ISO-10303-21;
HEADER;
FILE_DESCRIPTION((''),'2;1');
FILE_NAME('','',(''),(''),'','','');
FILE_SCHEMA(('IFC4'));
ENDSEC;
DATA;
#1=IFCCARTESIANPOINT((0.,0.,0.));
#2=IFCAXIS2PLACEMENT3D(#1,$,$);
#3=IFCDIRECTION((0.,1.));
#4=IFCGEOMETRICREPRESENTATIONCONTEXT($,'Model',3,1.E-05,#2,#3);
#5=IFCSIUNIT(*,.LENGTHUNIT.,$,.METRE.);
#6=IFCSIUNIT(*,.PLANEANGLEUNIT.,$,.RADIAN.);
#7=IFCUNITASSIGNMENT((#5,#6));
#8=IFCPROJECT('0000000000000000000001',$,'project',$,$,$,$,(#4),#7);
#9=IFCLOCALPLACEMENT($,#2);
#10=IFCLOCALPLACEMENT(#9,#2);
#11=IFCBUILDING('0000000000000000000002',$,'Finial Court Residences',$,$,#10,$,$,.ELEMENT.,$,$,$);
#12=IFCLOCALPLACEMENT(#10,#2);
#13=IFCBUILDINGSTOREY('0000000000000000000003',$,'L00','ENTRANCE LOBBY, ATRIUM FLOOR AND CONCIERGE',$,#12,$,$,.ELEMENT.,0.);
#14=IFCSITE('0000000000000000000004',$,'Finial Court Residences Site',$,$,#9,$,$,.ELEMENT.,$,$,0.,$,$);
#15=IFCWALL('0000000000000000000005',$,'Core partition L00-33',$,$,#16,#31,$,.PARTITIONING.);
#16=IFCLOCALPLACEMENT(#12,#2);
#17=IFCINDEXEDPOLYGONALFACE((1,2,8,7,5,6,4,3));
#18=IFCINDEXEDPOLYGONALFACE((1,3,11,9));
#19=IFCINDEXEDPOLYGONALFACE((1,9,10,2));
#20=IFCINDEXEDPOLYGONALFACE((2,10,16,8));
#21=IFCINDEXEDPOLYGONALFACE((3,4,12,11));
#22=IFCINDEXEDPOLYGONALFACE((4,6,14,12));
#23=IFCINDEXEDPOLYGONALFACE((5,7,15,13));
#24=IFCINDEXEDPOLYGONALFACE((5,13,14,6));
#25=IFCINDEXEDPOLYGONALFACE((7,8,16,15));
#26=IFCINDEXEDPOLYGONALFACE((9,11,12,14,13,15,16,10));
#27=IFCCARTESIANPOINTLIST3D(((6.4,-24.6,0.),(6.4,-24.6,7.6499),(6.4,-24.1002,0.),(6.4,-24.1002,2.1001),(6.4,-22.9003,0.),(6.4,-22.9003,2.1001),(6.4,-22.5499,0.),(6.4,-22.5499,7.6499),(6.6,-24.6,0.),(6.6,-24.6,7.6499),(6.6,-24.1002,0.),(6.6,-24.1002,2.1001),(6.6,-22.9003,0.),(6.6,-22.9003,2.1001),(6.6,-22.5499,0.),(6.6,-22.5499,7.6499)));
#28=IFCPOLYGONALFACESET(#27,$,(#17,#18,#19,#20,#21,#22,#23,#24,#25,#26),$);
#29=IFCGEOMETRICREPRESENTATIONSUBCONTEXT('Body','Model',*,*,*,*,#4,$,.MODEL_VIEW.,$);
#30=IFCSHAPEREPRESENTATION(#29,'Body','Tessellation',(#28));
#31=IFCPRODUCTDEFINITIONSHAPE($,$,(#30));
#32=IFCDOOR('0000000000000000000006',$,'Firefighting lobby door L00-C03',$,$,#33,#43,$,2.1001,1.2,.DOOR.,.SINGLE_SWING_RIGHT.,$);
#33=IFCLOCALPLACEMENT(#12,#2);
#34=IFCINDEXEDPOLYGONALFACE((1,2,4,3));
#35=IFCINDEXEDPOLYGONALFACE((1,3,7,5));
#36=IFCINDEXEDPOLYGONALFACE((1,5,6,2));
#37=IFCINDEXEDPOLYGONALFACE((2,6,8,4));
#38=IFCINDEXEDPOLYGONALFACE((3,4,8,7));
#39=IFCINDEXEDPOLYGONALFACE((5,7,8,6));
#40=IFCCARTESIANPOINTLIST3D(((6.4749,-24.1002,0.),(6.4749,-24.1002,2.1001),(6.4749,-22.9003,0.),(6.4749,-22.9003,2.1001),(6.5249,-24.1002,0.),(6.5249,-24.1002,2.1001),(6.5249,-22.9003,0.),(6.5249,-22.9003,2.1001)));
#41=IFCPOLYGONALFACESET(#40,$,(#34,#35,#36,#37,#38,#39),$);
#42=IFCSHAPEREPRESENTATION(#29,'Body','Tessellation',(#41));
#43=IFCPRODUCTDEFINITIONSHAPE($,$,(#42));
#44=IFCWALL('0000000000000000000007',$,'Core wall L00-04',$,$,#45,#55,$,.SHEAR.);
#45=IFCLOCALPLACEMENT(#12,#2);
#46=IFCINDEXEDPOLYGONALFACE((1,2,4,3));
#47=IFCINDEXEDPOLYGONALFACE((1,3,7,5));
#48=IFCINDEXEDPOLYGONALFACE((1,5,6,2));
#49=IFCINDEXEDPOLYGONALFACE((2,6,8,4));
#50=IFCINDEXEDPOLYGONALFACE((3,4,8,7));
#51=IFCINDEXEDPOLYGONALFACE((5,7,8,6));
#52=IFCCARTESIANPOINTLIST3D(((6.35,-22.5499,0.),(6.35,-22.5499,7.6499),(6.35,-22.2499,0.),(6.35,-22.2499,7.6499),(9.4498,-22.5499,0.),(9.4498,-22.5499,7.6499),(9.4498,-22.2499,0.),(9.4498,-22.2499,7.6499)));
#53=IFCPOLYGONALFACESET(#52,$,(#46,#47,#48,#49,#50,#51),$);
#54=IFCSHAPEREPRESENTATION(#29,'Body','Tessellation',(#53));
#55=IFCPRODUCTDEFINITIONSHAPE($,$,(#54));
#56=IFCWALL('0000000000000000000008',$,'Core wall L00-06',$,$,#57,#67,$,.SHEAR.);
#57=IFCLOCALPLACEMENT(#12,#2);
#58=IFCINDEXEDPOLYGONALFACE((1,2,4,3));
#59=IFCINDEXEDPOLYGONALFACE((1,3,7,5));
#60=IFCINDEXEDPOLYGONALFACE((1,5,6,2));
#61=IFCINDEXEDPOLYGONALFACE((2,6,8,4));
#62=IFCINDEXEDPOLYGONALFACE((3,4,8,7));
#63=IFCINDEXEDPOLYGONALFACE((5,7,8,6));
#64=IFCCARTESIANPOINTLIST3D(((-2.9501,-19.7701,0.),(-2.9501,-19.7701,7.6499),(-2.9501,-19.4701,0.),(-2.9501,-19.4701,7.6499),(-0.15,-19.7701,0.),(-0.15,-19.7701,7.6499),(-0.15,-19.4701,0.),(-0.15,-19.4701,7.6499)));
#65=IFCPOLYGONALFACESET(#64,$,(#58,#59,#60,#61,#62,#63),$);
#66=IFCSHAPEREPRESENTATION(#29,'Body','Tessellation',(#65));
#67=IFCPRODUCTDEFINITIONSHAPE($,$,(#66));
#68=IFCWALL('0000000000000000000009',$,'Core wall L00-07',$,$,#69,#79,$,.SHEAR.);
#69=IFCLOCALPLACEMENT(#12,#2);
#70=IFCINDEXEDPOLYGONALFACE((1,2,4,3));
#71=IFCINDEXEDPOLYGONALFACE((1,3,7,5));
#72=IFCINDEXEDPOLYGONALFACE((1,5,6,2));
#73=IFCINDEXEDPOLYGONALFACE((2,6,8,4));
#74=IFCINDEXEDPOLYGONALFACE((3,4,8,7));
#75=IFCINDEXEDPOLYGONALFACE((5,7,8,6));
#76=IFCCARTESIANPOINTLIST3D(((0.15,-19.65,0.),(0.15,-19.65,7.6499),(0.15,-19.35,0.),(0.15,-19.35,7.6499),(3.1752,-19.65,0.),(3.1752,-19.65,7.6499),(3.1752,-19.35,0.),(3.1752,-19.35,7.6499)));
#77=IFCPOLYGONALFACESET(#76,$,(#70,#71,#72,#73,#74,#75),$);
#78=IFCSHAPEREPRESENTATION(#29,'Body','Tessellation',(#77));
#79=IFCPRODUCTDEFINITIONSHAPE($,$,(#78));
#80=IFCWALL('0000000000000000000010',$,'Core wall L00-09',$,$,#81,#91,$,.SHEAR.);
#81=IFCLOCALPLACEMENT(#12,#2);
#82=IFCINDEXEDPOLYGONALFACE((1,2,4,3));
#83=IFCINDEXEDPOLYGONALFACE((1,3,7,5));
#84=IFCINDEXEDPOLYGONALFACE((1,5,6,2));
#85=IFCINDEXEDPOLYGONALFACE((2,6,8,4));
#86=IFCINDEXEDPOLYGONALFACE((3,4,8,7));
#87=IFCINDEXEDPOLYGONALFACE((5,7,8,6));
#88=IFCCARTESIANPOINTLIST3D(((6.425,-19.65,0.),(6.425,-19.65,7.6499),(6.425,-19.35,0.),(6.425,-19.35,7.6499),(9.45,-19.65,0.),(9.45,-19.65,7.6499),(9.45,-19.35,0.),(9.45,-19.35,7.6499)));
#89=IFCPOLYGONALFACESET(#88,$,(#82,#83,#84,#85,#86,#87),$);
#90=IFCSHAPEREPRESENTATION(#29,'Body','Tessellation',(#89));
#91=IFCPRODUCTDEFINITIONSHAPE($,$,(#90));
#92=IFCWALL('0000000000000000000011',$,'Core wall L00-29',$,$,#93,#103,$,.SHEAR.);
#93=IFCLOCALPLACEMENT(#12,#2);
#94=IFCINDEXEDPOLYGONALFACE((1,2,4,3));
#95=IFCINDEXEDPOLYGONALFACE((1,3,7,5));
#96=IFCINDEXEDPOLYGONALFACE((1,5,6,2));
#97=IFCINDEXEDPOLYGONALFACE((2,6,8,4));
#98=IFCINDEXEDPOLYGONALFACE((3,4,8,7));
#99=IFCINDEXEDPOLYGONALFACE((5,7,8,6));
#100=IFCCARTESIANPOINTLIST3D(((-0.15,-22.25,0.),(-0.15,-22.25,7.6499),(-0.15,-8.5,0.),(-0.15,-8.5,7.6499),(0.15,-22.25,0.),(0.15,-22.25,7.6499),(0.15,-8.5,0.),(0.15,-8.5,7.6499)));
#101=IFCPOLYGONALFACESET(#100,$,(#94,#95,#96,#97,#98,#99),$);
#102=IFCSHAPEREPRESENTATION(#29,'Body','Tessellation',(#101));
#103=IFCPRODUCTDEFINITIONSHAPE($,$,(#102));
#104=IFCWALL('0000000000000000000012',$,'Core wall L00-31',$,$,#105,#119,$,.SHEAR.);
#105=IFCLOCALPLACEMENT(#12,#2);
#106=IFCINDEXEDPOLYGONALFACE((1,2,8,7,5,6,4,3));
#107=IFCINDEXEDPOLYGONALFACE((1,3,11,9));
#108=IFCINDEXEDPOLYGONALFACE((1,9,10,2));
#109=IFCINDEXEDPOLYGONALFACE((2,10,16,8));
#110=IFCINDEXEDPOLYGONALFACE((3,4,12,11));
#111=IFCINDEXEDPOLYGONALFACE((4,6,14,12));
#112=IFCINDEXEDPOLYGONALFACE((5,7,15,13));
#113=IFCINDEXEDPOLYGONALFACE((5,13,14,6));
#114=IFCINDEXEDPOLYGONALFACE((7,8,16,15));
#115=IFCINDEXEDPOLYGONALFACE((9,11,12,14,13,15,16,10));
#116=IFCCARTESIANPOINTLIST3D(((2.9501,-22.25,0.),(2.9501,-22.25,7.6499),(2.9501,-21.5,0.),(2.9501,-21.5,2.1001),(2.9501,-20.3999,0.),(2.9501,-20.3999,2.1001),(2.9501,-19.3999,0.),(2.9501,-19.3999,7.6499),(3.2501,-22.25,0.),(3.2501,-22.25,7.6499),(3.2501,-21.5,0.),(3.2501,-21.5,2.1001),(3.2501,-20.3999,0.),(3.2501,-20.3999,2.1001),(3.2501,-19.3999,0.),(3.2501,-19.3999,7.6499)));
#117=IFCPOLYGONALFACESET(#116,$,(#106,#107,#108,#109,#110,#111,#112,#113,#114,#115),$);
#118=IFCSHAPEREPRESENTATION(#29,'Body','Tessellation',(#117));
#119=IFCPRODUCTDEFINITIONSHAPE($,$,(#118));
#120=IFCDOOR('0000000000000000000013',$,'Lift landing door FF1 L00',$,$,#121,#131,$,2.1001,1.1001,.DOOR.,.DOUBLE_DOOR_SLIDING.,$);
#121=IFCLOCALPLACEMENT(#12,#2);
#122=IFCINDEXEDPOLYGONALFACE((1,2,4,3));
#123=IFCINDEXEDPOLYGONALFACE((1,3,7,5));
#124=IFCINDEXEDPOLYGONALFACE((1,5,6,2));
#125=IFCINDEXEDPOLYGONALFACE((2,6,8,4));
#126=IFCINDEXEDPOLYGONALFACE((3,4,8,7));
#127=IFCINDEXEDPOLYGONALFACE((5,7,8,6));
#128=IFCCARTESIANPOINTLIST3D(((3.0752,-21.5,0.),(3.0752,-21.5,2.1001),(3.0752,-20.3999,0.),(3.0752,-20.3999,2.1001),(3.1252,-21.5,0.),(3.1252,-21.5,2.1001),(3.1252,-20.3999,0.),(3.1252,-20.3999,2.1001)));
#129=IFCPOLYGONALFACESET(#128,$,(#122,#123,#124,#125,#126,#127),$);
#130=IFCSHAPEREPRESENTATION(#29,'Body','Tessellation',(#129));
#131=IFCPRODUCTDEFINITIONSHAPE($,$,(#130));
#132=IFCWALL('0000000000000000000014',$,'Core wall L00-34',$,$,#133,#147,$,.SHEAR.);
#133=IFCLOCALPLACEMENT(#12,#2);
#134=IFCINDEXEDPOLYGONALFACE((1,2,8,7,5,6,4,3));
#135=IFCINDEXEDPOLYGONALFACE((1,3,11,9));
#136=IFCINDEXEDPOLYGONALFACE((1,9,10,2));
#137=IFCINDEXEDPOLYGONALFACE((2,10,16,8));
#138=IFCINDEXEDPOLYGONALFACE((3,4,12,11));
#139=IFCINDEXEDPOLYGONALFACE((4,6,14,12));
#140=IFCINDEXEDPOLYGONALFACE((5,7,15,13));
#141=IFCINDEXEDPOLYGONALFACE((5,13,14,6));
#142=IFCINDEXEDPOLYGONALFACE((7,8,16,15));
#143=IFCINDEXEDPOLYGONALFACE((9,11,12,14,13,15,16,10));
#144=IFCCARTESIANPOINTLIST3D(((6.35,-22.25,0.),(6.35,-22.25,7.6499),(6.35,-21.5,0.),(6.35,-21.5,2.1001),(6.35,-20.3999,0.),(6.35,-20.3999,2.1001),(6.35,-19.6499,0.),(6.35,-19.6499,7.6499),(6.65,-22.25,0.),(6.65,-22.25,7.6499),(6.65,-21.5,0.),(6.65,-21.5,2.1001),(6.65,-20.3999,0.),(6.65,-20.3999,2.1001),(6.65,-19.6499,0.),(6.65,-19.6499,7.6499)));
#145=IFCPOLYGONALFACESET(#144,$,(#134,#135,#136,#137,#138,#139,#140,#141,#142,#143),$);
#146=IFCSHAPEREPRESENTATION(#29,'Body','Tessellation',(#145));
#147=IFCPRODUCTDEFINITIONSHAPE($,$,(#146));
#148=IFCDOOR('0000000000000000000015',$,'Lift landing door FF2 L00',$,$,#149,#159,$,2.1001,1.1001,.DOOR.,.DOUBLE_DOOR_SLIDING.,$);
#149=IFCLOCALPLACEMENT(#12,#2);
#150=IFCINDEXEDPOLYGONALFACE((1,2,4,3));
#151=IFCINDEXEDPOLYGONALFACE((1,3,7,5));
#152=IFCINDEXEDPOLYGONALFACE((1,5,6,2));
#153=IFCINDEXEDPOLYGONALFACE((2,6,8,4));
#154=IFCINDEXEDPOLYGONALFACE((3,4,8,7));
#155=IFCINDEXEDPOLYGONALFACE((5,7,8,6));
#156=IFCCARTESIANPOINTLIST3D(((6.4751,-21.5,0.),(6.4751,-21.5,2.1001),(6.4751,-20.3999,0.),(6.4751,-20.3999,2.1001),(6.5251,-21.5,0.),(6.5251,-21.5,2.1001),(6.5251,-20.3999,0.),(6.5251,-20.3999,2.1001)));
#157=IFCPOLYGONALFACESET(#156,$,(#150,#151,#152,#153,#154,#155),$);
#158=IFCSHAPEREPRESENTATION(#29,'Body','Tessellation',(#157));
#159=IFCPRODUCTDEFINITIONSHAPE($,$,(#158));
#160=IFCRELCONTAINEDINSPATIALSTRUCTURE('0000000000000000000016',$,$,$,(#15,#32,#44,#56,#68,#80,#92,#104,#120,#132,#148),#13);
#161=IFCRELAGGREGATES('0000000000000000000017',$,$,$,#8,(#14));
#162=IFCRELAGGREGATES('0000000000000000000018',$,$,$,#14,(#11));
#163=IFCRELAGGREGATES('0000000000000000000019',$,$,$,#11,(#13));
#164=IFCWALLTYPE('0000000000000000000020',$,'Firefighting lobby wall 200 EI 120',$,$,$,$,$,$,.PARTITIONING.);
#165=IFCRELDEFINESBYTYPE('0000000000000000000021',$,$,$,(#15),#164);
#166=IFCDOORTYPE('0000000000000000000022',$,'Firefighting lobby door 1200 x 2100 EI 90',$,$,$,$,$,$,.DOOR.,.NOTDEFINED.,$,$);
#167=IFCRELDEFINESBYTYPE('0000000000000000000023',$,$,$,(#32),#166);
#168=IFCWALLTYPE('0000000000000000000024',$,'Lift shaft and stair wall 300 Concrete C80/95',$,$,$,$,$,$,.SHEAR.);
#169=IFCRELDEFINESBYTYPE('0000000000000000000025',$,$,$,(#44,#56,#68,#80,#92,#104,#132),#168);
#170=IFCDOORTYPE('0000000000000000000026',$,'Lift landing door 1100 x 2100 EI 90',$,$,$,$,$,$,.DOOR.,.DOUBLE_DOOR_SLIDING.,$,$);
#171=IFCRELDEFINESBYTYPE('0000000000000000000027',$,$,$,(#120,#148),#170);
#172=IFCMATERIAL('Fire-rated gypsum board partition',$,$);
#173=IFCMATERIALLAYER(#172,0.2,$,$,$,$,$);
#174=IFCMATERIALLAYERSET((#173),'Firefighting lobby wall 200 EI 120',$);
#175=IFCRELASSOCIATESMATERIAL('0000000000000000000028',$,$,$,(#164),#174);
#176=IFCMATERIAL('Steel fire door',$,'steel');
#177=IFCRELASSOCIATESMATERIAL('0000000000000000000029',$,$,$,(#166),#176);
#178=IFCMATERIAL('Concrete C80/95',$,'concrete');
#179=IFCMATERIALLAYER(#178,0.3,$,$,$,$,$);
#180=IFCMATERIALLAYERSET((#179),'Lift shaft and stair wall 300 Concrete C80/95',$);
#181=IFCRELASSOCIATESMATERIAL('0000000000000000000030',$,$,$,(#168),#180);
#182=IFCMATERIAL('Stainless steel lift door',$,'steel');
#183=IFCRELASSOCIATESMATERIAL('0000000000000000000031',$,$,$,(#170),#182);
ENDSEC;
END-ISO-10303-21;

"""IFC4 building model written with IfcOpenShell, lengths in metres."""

from ifc_helpers import new_model, si_unit, direction, frame, frame_2d, origin, place, context, subcontext, project, spatial, rectangle, extrude, material, layer, layer_set, type_object, element, fill, save


model = new_model("IFC4")

# Units and contexts
model_context = context("Model", 3, precision=1e-05, world=origin(), true_north=direction((0.0, 1.0)))
body_context = subcontext(model_context, "Body", "Model", "MODEL_VIEW")
ifc_project = project(units=[si_unit("LENGTHUNIT", "METRE"), si_unit("PLANEANGLEUNIT", "RADIAN")], contexts=[model_context])

# Site, building, storey
site_placement = place(None, origin())
site = spatial("IfcSite", under=ifc_project, at=site_placement, Name="Finial Court Residences Site", CompositionType="ELEMENT", RefElevation=0.0)
building_placement = place(site_placement, origin())
building = spatial("IfcBuilding", under=site, at=building_placement, Name="Finial Court Residences", CompositionType="ELEMENT")
storey_placement = place(building_placement, origin())
storey = spatial("IfcBuildingStorey", under=building, at=storey_placement, Name="L00", Description="ENTRANCE LOBBY, ATRIUM FLOOR AND CONCIERGE", CompositionType="ELEMENT", Elevation=0.0)

# Wall, opening, door
ifc_material_1 = material(Name="Fire-rated gypsum board partition")
ifc_layer_1 = layer(ifc_material_1, 0.2)
ifc_layer_set_1 = layer_set([ifc_layer_1], Name="Firefighting lobby wall 200 EI 120")
wall_type_1 = type_object("IfcWallType", Name="Firefighting lobby wall 200 EI 120", PredefinedType="PARTITIONING", material=ifc_layer_set_1)
wall_1_placement = place(storey_placement, frame((6.5, -22.55, 0.0), z_axis=(0.0, 0.0, 1.0), x_axis=(0.0, -1.0, 0.0)))
wall_1 = element("IfcWall", 1, at=wall_1_placement, inside=storey, type_object=wall_type_1, Name="Core partition L00-33", PredefinedType="PARTITIONING", context=body_context, shape_type="SweptSolid", body=[
    extrude(rectangle(XDim=2.05, YDim=0.2, at=frame_2d((1.0249, 0.0))), origin(), (0.0, 0.0, 1.0), 7.6499),
])
opening_1_placement = place(wall_1_placement, frame((0.3501, 0.0, 0.0)))
opening_1 = element("IfcOpeningElement", 2, at=opening_1_placement, cuts=wall_1, PredefinedType="OPENING", context=body_context, shape_type="SweptSolid", body=[
    extrude(rectangle(XDim=1.2, YDim=2.1001, at=frame_2d((0.6001, 1.05))), frame((0.0, 0.1099, 0.0), z_axis=(0.0, -1.0, 0.0), x_axis=(1.0, 0.0, 0.0)), (0.0, 0.0, 1.0), 0.22),
])
ifc_material_2 = material(Name="Steel fire door", Category="steel")
door_type_1 = type_object("IfcDoorType", Name="Firefighting lobby door 1200 x 2100 EI 90", OperationType="NOTDEFINED", PredefinedType="DOOR", material=ifc_material_2)
door_1_placement = place(opening_1_placement, origin())
door_1 = element("IfcDoor", 3, at=door_1_placement, inside=storey, type_object=door_type_1, Name="Firefighting lobby door L00-C03", OperationType="SINGLE_SWING_RIGHT", OverallHeight=2.1001, OverallWidth=1.2, PredefinedType="DOOR", context=body_context, shape_type="SweptSolid", body=[
    extrude(rectangle(XDim=1.2, YDim=2.1001, at=frame_2d((0.6001, 1.05))), frame((0.0, 0.0249, 0.0), z_axis=(0.0, -1.0, 0.0), x_axis=(1.0, 0.0, 0.0)), (0.0, 0.0, 1.0), 0.05),
])
fill(opening_1, door_1)

# Walls
ifc_material_3 = material(Name="Concrete C80/95", Category="concrete")
ifc_layer_2 = layer(ifc_material_3, 0.3)
ifc_layer_set_2 = layer_set([ifc_layer_2], Name="Lift shaft and stair wall 300 Concrete C80/95")
wall_type_2 = type_object("IfcWallType", Name="Lift shaft and stair wall 300 Concrete C80/95", PredefinedType="SHEAR", material=ifc_layer_set_2)
wall_2_placement = place(storey_placement, frame((6.3501, -22.3999, 0.0), z_axis=(0.0, 0.0, 1.0), x_axis=(1.0, 0.0, 0.0)))
element("IfcWall", 4, at=wall_2_placement, inside=storey, type_object=wall_type_2, Name="Core wall L00-04", PredefinedType="SHEAR", context=body_context, shape_type="SweptSolid", body=[
    extrude(rectangle(XDim=3.0999, YDim=0.3, at=frame_2d((1.5498, 0.0))), origin(), (0.0, 0.0, 1.0), 7.6499),
])
wall_3_placement = place(storey_placement, frame((-2.95, -19.6201, 0.0), z_axis=(0.0, 0.0, 1.0), x_axis=(1.0, 0.0, 0.0)))
element("IfcWall", 5, at=wall_3_placement, inside=storey, type_object=wall_type_2, Name="Core wall L00-06", PredefinedType="SHEAR", context=body_context, shape_type="SweptSolid", body=[
    extrude(rectangle(XDim=2.8, YDim=0.3, at=frame_2d((1.3999, 0.0))), origin(), (0.0, 0.0, 1.0), 7.6499),
])
wall_4_placement = place(storey_placement, frame((0.1499, -19.5, 0.0), z_axis=(0.0, 0.0, 1.0), x_axis=(1.0, 0.0, 0.0)))
element("IfcWall", 6, at=wall_4_placement, inside=storey, type_object=wall_type_2, Name="Core wall L00-07", PredefinedType="SHEAR", context=body_context, shape_type="SweptSolid", body=[
    extrude(rectangle(XDim=3.0251, YDim=0.3, at=frame_2d((1.5127, 0.0))), origin(), (0.0, 0.0, 1.0), 7.6499),
])
wall_5_placement = place(storey_placement, frame((6.425, -19.5, 0.0), z_axis=(0.0, 0.0, 1.0), x_axis=(1.0, 0.0, 0.0)))
element("IfcWall", 7, at=wall_5_placement, inside=storey, type_object=wall_type_2, Name="Core wall L00-09", PredefinedType="SHEAR", context=body_context, shape_type="SweptSolid", body=[
    extrude(rectangle(XDim=3.0249, YDim=0.3, at=frame_2d((1.5125, 0.0))), origin(), (0.0, 0.0, 1.0), 7.6499),
])
wall_6_placement = place(storey_placement, frame((0.0, -22.25, 0.0), z_axis=(0.0, 0.0, 1.0), x_axis=(0.0, 1.0, 0.0)))
element("IfcWall", 8, at=wall_6_placement, inside=storey, type_object=wall_type_2, Name="Core wall L00-29", PredefinedType="SHEAR", context=body_context, shape_type="SweptSolid", body=[
    extrude(rectangle(XDim=13.75, YDim=0.3, at=frame_2d((6.875, 0.0))), origin(), (0.0, 0.0, 1.0), 7.6499),
])

# Walls, openings, doors
wall_7_placement = place(storey_placement, frame((3.1001, -22.25, 0.0), z_axis=(0.0, 0.0, 1.0), x_axis=(0.0, 1.0, 0.0)))
wall_7 = element("IfcWall", 9, at=wall_7_placement, inside=storey, type_object=wall_type_2, Name="Core wall L00-31", PredefinedType="SHEAR", context=body_context, shape_type="SweptSolid", body=[
    extrude(rectangle(XDim=2.8501, YDim=0.3, at=frame_2d((1.425, 0.0))), origin(), (0.0, 0.0, 1.0), 7.6499),
])
opening_2_placement = place(wall_7_placement, frame((0.75, 0.0, 0.0)))
opening_2 = element("IfcOpeningElement", 10, at=opening_2_placement, cuts=wall_7, PredefinedType="OPENING", context=body_context, shape_type="SweptSolid", body=[
    extrude(rectangle(XDim=1.1001, YDim=2.1001, at=frame_2d((0.55, 1.05))), frame((0.0, 0.1599, 0.0), z_axis=(0.0, -1.0, 0.0), x_axis=(1.0, 0.0, 0.0)), (0.0, 0.0, 1.0), 0.3201),
])
ifc_material_4 = material(Name="Stainless steel lift door", Category="steel")
door_type_2 = type_object("IfcDoorType", Name="Lift landing door 1100 x 2100 EI 90", OperationType="DOUBLE_DOOR_SLIDING", PredefinedType="DOOR", material=ifc_material_4)
door_2_placement = place(opening_2_placement, origin())
door_2 = element("IfcDoor", 11, at=door_2_placement, inside=storey, type_object=door_type_2, Name="Lift landing door FF1 L00", OperationType="DOUBLE_DOOR_SLIDING", OverallHeight=2.1001, OverallWidth=1.1001, PredefinedType="DOOR", context=body_context, shape_type="SweptSolid", body=[
    extrude(rectangle(XDim=1.1001, YDim=2.1001, at=frame_2d((0.55, 1.05))), frame((0.0, 0.0249, 0.0), z_axis=(0.0, -1.0, 0.0), x_axis=(1.0, 0.0, 0.0)), (0.0, 0.0, 1.0), 0.05),
])
fill(opening_2, door_2)
wall_8_placement = place(storey_placement, frame((6.5, -22.25, 0.0), z_axis=(0.0, 0.0, 1.0), x_axis=(0.0, 1.0, 0.0)))
wall_8 = element("IfcWall", 12, at=wall_8_placement, inside=storey, type_object=wall_type_2, Name="Core wall L00-34", PredefinedType="SHEAR", context=body_context, shape_type="SweptSolid", body=[
    extrude(rectangle(XDim=2.6001, YDim=0.3, at=frame_2d((1.3, 0.0))), origin(), (0.0, 0.0, 1.0), 7.6499),
])
opening_3_placement = place(wall_8_placement, frame((0.75, 0.0, 0.0)))
opening_3 = element("IfcOpeningElement", 13, at=opening_3_placement, cuts=wall_8, PredefinedType="OPENING", context=body_context, shape_type="SweptSolid", body=[
    extrude(rectangle(XDim=1.1001, YDim=2.1001, at=frame_2d((0.55, 1.05))), frame((0.0, 0.1599, 0.0), z_axis=(0.0, -1.0, 0.0), x_axis=(1.0, 0.0, 0.0)), (0.0, 0.0, 1.0), 0.3201),
])
door_3_placement = place(opening_3_placement, origin())
door_3 = element("IfcDoor", 14, at=door_3_placement, inside=storey, type_object=door_type_2, Name="Lift landing door FF2 L00", OperationType="DOUBLE_DOOR_SLIDING", OverallHeight=2.1001, OverallWidth=1.1001, PredefinedType="DOOR", context=body_context, shape_type="SweptSolid", body=[
    extrude(rectangle(XDim=1.1001, YDim=2.1001, at=frame_2d((0.55, 1.05))), frame((0.0, 0.0249, 0.0), z_axis=(0.0, -1.0, 0.0), x_axis=(1.0, 0.0, 0.0)), (0.0, 0.0, 1.0), 0.05),
])
fill(opening_3, door_3)

save(model, "model.ifc")
